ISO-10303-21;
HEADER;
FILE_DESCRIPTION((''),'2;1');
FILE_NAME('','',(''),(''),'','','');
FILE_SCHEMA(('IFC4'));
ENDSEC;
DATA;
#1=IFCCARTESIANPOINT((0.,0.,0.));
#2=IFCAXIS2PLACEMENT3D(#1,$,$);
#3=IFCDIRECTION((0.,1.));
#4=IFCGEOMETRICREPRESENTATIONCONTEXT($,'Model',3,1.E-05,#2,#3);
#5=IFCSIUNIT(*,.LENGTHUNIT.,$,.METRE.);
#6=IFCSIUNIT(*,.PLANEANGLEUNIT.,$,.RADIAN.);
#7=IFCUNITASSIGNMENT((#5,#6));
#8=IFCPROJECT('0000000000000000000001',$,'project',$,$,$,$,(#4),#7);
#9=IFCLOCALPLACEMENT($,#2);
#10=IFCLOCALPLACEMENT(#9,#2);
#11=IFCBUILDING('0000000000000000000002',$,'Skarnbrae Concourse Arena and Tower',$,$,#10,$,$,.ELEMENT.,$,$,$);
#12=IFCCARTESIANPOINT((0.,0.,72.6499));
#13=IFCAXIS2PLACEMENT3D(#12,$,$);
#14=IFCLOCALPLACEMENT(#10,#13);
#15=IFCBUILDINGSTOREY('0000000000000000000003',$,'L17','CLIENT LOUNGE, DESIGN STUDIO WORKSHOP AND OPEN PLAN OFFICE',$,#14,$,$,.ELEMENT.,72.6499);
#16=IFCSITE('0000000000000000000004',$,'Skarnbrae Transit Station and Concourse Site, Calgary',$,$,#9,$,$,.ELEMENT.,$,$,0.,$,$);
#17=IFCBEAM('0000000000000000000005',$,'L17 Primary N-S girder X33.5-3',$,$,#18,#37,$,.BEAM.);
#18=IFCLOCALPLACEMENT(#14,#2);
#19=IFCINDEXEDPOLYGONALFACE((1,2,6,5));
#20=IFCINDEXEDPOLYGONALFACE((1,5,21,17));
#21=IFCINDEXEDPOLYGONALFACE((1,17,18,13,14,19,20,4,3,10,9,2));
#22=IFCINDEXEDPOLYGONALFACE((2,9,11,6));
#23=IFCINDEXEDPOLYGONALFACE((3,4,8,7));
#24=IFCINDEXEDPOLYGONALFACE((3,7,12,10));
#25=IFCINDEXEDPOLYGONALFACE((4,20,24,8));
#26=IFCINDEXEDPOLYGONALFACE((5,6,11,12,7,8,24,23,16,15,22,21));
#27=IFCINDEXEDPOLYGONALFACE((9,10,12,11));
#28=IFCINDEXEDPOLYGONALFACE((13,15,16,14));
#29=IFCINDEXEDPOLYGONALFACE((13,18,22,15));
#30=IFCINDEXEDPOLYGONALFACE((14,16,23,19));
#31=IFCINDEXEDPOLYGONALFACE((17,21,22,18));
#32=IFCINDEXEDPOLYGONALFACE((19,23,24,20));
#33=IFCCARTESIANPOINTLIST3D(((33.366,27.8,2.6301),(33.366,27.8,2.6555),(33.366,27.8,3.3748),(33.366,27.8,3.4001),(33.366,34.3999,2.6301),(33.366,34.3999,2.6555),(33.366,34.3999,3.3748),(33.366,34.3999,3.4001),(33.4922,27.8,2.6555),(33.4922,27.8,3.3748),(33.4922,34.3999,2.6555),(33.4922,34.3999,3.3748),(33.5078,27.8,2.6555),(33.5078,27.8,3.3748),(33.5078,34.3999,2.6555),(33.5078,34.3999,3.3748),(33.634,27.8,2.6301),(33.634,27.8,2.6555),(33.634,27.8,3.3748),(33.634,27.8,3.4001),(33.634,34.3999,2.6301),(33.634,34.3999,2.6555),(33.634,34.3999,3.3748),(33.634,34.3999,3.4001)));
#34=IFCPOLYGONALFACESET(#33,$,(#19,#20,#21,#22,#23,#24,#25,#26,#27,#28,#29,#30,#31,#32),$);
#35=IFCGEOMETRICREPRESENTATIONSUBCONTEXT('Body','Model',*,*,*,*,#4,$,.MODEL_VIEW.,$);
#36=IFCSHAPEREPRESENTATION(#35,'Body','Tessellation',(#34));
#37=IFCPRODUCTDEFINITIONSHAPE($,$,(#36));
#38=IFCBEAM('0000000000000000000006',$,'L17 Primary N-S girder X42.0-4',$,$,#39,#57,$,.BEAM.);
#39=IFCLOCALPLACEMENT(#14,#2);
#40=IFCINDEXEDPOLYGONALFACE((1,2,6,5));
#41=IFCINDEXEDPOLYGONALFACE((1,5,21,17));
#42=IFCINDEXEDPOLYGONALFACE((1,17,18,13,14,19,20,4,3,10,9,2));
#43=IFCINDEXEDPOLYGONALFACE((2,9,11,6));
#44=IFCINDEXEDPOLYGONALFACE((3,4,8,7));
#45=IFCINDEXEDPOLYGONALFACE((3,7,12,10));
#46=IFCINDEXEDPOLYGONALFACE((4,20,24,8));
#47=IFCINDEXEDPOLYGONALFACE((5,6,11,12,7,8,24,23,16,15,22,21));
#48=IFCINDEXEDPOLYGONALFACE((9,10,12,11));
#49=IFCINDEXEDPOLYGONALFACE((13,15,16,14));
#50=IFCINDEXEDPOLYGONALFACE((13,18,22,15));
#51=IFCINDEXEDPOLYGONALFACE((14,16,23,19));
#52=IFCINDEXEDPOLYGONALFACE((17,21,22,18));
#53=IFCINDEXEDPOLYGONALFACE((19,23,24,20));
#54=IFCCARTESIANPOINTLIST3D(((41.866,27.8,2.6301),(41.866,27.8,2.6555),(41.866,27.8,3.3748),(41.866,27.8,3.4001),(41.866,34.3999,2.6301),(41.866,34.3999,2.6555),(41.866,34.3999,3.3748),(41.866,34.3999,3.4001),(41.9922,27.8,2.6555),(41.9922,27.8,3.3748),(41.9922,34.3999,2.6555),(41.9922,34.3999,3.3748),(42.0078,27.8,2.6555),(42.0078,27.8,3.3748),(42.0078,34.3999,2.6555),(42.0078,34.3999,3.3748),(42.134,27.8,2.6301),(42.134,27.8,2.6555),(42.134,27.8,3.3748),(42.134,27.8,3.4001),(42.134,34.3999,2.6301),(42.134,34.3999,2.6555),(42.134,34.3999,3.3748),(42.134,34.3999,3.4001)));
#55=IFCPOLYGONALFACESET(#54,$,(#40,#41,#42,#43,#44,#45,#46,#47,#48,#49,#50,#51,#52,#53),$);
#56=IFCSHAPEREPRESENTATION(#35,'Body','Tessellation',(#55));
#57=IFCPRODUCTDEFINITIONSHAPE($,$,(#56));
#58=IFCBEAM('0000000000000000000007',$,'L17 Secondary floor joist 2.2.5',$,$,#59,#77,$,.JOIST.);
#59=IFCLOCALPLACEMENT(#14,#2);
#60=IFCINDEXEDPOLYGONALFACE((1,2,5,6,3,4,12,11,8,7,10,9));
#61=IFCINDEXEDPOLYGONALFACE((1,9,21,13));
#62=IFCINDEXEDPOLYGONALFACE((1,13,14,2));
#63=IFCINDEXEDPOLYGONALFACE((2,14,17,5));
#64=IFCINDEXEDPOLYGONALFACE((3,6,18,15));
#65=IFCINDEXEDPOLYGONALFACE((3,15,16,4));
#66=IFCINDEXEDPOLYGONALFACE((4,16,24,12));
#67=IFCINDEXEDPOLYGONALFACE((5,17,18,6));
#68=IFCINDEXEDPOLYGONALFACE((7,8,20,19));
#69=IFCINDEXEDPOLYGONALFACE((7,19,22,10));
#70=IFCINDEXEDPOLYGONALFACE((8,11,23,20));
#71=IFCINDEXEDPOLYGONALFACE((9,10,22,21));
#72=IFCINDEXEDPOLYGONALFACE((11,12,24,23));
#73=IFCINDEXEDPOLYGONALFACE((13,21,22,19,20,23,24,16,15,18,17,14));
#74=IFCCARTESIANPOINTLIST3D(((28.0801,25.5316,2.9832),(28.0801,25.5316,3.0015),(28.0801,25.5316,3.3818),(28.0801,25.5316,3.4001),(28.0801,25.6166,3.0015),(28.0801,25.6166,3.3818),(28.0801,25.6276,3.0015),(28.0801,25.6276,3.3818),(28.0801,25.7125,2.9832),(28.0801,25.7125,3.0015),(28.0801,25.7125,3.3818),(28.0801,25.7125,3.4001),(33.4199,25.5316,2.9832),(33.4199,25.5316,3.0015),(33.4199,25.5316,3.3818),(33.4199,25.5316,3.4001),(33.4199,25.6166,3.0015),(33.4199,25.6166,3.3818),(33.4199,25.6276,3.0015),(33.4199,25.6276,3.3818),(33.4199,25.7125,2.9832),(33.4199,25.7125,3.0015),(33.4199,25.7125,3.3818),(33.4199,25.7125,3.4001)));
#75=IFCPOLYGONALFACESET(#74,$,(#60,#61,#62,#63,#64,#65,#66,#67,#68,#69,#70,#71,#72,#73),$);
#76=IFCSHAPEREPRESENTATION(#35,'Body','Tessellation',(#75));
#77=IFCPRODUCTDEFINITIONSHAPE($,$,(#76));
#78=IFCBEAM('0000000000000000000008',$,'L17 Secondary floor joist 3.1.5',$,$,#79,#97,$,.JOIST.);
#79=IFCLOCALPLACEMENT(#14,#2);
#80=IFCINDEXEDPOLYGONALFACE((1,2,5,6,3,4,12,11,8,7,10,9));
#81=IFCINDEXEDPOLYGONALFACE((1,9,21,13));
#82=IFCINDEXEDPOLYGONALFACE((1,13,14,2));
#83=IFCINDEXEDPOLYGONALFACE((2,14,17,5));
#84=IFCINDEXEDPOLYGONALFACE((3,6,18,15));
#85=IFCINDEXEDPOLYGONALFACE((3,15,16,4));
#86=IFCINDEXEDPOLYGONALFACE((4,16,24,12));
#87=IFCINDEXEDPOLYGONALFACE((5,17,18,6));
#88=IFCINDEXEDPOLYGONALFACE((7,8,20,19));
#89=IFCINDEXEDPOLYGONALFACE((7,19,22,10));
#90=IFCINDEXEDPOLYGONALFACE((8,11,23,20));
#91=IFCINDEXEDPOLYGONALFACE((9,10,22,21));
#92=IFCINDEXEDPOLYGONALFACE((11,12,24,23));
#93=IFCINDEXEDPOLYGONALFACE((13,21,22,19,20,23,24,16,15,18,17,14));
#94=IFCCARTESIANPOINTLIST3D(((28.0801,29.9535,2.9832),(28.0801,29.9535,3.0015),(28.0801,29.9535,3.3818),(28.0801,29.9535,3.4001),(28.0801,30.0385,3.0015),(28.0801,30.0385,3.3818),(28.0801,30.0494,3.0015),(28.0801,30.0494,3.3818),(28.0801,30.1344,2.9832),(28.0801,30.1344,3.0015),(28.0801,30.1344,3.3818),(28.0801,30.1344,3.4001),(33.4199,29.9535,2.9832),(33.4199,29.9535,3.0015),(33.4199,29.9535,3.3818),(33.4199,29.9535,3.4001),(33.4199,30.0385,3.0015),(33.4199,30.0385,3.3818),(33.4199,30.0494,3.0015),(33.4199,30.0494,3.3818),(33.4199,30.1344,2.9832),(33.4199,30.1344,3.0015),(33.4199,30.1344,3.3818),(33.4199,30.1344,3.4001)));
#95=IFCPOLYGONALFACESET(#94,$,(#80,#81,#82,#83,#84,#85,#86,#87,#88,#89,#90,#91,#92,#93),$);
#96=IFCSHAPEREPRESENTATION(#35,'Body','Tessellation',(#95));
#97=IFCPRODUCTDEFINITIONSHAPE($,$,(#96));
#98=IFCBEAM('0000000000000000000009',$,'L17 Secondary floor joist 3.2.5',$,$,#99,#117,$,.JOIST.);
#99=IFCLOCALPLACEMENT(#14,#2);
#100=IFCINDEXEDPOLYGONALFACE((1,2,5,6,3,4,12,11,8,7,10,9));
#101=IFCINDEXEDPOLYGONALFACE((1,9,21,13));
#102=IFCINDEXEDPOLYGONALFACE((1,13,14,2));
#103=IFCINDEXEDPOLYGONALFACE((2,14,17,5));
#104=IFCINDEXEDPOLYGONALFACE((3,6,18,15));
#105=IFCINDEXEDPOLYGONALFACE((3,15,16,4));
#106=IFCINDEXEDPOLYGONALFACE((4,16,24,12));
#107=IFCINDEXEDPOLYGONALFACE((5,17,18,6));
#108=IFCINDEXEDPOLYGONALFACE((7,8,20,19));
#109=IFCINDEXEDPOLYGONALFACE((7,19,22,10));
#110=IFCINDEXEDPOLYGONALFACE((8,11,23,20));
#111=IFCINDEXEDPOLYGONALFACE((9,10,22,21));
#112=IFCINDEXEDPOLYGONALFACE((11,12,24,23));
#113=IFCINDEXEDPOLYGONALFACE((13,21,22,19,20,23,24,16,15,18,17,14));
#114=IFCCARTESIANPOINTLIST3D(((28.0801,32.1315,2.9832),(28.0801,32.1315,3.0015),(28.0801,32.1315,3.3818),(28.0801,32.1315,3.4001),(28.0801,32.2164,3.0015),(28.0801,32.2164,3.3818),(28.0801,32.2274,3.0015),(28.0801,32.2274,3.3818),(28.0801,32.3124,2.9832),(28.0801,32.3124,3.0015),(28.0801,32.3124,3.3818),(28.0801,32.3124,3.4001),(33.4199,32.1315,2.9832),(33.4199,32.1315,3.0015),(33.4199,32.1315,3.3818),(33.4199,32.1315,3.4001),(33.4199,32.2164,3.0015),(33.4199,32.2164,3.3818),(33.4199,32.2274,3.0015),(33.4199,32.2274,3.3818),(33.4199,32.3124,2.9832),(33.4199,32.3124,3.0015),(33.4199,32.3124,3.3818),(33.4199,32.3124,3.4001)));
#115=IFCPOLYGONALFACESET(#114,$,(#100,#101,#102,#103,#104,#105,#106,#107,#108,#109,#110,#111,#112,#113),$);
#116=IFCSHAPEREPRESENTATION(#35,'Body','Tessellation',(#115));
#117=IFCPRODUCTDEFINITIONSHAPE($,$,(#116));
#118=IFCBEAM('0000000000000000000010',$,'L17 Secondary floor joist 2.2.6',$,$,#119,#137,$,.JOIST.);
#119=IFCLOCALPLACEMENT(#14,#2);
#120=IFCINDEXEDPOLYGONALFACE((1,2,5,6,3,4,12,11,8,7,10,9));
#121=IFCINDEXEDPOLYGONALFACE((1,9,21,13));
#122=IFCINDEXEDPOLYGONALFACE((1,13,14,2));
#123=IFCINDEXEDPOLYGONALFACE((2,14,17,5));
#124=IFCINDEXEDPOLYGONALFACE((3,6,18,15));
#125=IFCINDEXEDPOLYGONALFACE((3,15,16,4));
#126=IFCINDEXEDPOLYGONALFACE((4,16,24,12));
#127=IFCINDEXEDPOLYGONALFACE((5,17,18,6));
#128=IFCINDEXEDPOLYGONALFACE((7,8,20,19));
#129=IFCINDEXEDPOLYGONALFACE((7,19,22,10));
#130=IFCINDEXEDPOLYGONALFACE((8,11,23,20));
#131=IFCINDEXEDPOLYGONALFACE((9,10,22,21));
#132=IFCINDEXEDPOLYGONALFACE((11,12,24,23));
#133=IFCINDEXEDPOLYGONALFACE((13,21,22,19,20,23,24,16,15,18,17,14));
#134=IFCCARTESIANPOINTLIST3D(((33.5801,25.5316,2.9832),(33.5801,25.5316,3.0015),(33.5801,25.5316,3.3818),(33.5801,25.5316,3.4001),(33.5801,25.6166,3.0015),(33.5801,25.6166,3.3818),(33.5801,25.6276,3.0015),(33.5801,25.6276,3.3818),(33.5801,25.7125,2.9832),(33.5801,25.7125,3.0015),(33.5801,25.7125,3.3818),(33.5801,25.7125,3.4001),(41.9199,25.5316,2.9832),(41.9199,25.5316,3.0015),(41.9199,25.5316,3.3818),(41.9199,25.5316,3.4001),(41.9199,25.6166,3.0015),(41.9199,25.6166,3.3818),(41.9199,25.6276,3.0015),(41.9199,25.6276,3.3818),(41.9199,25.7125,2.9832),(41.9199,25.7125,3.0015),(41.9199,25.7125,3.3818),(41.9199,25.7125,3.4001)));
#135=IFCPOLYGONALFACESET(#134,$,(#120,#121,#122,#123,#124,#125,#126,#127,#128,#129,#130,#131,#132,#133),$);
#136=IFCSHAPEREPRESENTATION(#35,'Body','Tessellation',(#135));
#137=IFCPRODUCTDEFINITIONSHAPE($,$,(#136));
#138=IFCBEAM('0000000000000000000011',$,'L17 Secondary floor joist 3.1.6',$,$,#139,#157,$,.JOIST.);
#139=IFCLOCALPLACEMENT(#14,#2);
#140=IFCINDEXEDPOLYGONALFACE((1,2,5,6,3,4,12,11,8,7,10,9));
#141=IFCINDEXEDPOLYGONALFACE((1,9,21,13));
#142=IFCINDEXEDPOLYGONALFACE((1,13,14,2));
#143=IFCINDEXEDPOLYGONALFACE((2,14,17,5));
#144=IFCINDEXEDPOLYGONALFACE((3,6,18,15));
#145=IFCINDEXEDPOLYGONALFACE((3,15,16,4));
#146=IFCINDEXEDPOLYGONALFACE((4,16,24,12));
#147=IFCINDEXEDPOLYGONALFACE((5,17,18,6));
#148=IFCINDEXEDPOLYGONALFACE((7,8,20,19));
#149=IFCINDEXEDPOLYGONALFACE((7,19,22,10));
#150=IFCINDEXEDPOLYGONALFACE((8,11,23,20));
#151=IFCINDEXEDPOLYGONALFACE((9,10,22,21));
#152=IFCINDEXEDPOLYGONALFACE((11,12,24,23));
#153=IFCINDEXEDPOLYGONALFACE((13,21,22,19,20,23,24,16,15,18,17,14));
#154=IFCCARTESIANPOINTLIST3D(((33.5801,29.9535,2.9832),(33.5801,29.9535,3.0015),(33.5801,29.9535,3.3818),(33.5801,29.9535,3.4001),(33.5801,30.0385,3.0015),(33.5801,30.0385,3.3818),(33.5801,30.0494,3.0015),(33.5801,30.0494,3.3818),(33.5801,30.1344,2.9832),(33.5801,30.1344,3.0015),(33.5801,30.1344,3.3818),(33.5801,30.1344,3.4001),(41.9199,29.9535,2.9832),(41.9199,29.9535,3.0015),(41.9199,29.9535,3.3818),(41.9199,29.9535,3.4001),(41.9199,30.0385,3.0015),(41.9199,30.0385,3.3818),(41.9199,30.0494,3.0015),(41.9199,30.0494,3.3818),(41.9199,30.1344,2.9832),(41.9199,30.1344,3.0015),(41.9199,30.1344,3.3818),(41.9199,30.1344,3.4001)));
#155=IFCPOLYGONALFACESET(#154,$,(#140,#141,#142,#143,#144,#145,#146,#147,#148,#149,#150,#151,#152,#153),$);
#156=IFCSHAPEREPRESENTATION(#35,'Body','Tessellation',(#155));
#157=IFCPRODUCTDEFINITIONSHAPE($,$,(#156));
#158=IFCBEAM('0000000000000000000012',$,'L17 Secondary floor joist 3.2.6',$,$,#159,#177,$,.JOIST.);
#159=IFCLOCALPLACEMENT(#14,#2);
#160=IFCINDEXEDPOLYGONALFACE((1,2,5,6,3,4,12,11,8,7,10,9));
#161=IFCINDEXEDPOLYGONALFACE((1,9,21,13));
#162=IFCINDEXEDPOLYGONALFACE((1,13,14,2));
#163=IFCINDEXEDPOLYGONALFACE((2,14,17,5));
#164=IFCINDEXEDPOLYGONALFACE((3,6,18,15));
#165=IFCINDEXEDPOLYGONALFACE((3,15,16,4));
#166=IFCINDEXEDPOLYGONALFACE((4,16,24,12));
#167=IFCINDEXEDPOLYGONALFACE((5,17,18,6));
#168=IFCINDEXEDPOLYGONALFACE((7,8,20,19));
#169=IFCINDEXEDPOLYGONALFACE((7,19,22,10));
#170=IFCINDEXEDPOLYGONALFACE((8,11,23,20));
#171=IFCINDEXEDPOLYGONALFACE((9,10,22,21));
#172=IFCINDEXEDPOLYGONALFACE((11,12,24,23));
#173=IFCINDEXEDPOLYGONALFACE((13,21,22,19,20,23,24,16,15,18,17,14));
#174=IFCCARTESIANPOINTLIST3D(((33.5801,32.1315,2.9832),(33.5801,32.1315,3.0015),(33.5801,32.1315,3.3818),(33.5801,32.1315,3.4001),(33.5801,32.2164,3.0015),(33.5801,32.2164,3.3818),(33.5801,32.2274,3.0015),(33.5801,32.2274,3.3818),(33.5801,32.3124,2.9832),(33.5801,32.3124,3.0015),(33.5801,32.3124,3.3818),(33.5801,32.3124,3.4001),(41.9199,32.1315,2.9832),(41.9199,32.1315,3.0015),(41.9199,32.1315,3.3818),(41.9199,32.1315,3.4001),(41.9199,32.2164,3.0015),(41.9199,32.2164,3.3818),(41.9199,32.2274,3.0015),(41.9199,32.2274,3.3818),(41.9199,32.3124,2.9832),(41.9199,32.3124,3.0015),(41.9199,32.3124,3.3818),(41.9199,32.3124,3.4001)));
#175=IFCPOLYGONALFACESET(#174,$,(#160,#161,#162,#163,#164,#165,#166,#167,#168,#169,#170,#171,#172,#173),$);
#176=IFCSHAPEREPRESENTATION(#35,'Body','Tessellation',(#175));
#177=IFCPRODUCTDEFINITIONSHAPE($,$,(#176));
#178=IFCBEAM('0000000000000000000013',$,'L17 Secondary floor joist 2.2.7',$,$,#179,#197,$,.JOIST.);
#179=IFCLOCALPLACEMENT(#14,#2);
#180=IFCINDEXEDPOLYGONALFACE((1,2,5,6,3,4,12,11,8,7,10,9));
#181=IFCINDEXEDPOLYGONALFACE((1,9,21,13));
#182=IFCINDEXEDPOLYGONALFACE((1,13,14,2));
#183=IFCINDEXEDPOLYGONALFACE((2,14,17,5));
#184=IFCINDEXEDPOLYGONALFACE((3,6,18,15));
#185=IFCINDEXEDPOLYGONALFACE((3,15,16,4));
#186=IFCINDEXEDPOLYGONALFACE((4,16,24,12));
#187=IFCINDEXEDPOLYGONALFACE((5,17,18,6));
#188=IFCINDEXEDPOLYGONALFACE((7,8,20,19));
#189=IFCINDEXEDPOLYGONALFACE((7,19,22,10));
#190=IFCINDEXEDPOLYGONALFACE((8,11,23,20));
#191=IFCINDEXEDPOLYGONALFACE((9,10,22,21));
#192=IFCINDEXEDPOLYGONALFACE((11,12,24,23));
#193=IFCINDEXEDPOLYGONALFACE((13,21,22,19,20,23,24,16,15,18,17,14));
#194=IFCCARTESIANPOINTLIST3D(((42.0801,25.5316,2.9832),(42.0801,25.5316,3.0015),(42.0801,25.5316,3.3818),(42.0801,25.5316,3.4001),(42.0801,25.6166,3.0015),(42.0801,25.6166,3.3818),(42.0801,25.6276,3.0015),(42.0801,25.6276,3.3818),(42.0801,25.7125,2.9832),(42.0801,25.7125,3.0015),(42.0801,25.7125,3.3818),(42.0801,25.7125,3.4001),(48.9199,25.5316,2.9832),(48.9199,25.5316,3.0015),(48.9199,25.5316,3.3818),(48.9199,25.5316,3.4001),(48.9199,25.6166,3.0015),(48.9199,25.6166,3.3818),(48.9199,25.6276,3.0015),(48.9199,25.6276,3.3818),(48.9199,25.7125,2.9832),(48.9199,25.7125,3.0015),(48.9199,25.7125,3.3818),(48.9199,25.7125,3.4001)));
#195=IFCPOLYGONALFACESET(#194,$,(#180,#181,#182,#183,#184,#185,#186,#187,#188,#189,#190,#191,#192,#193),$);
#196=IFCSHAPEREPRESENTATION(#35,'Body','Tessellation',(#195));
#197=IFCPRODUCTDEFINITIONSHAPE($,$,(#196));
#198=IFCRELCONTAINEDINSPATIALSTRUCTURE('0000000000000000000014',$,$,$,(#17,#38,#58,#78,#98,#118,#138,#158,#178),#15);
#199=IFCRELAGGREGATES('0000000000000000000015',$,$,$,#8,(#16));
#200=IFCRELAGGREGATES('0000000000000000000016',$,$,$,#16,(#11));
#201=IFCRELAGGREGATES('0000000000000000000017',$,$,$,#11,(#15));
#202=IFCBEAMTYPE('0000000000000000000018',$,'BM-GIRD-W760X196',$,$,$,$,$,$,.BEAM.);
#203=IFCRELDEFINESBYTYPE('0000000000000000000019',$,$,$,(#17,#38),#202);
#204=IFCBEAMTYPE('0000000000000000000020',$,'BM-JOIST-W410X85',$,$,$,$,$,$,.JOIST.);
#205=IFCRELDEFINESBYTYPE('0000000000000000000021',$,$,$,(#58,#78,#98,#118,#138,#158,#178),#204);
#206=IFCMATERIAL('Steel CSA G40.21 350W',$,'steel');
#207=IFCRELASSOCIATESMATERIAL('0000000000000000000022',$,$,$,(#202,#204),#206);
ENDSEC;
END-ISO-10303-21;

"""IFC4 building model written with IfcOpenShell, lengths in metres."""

from ifc_helpers import new_model, si_unit, direction, frame, origin, origin_2d, place, context, subcontext, project, spatial, i_section, extrude, source, transform, mapped, material, material_profile, profile_set, type_object, element, save


model = new_model("IFC4")

# Units and contexts
model_context = context("Model", 3, precision=1e-05, world=origin(), true_north=direction((0.0, 1.0)))
body_context = subcontext(model_context, "Body", "Model", "MODEL_VIEW")
ifc_project = project(units=[si_unit("LENGTHUNIT", "METRE"), si_unit("PLANEANGLEUNIT", "RADIAN")], contexts=[model_context])

# Site, building, storey
site_placement = place(None, origin())
site = spatial("IfcSite", under=ifc_project, at=site_placement, Name="Skarnbrae Transit Station and Concourse Site, Calgary", CompositionType="ELEMENT", RefElevation=0.0)
building_placement = place(site_placement, origin())
building = spatial("IfcBuilding", under=site, at=building_placement, Name="Skarnbrae Concourse Arena and Tower", CompositionType="ELEMENT")
storey_placement = place(building_placement, frame((0.0, 0.0, 72.6499)))
storey = spatial("IfcBuildingStorey", under=building, at=storey_placement, Name="L17", Description="CLIENT LOUNGE, DESIGN STUDIO WORKSHOP AND OPEN PLAN OFFICE", CompositionType="ELEMENT", Elevation=72.6499)

# Shared definitions
ifc_material_1 = material(Name="Steel CSA G40.21 350W", Category="steel")

# Beams
ifc_material_profile_1 = material_profile(ifc_material_1, i_section(OverallWidth=0.2681, OverallDepth=0.77, WebThickness=0.0156, FlangeThickness=0.0254, at=origin_2d()), Name="W760X196")
ifc_profile_set_1 = profile_set([ifc_material_profile_1], Name="Steel CSA G40.21 350W")
beam_type_1 = type_object("IfcBeamType", Name="BM-GIRD-W760X196", PredefinedType="BEAM", material=ifc_profile_set_1)
shared_shape_1 = source(origin(), body_context, "Body", "SweptSolid", [
    extrude(i_section(OverallWidth=0.2681, OverallDepth=0.77, WebThickness=0.0156, FlangeThickness=0.0254, at=origin_2d()), origin(), (0.0, 0.0, 1.0), 6.5999),
])
for number, where, z_axis, x_axis, name in (
    (1, (33.5, 27.8, 3.0151), (0.0, 1.0, 0.0), (-1.0, 0.0, 0.0), "L17 Primary N-S girder X33.5-3"),
    (2, (42.0, 27.8, 3.0151), (0.0, 1.0, 0.0), (-1.0, 0.0, 0.0), "L17 Primary N-S girder X42.0-4"),
):
    element("IfcBeam", number, at=place(storey_placement, frame(where, z_axis=z_axis, x_axis=x_axis)), inside=storey, type_object=beam_type_1, Name=name, PredefinedType="BEAM", context=body_context, shape_type="MappedRepresentation", body=[
        mapped(shared_shape_1, transform((0.0, 0.0, 0.0))),
    ])
ifc_material_profile_2 = material_profile(ifc_material_1, i_section(OverallWidth=0.1809, OverallDepth=0.417, WebThickness=0.011, FlangeThickness=0.0183, at=origin_2d()), Name="W410X85")
ifc_profile_set_2 = profile_set([ifc_material_profile_2], Name="Steel CSA G40.21 350W")
beam_type_2 = type_object("IfcBeamType", Name="BM-JOIST-W410X85", PredefinedType="JOIST", material=ifc_profile_set_2)
shared_shape_2 = source(origin(), body_context, "Body", "SweptSolid", [
    extrude(i_section(OverallWidth=0.1809, OverallDepth=0.417, WebThickness=0.011, FlangeThickness=0.0183, at=origin_2d()), origin(), (0.0, 0.0, 1.0), 5.3398),
])
for number, where, z_axis, x_axis, name in (
    (3, (28.0801, 25.6221, 3.1917), (1.0, 0.0, 0.0), (0.0, 1.0, 0.0), "L17 Secondary floor joist 2.2.5"),
    (4, (28.0801, 30.0439, 3.1917), (1.0, 0.0, 0.0), (0.0, 1.0, 0.0), "L17 Secondary floor joist 3.1.5"),
    (5, (28.0801, 32.2219, 3.1917), (1.0, 0.0, 0.0), (0.0, 1.0, 0.0), "L17 Secondary floor joist 3.2.5"),
):
    element("IfcBeam", number, at=place(storey_placement, frame(where, z_axis=z_axis, x_axis=x_axis)), inside=storey, type_object=beam_type_2, Name=name, PredefinedType="JOIST", context=body_context, shape_type="MappedRepresentation", body=[
        mapped(shared_shape_2, transform((0.0, 0.0, 0.0))),
    ])
shared_shape_3 = source(origin(), body_context, "Body", "SweptSolid", [
    extrude(i_section(OverallWidth=0.1809, OverallDepth=0.417, WebThickness=0.011, FlangeThickness=0.0183, at=origin_2d()), origin(), (0.0, 0.0, 1.0), 8.3398),
])
for number, where, z_axis, x_axis, name in (
    (6, (33.5801, 25.6221, 3.1917), (1.0, 0.0, 0.0), (0.0, 1.0, 0.0), "L17 Secondary floor joist 2.2.6"),
    (7, (33.5801, 30.0439, 3.1917), (1.0, 0.0, 0.0), (0.0, 1.0, 0.0), "L17 Secondary floor joist 3.1.6"),
    (8, (33.5801, 32.2219, 3.1917), (1.0, 0.0, 0.0), (0.0, 1.0, 0.0), "L17 Secondary floor joist 3.2.6"),
):
    element("IfcBeam", number, at=place(storey_placement, frame(where, z_axis=z_axis, x_axis=x_axis)), inside=storey, type_object=beam_type_2, Name=name, PredefinedType="JOIST", context=body_context, shape_type="MappedRepresentation", body=[
        mapped(shared_shape_3, transform((0.0, 0.0, 0.0))),
    ])
shared_shape_4 = source(origin(), body_context, "Body", "SweptSolid", [
    extrude(i_section(OverallWidth=0.1809, OverallDepth=0.417, WebThickness=0.011, FlangeThickness=0.0183, at=origin_2d()), origin(), (0.0, 0.0, 1.0), 6.8398),
])
for number, where, z_axis, x_axis, name in (
    (9, (42.0801, 25.6221, 3.1917), (1.0, 0.0, 0.0), (0.0, 1.0, 0.0), "L17 Secondary floor joist 2.2.7"),
):
    element("IfcBeam", number, at=place(storey_placement, frame(where, z_axis=z_axis, x_axis=x_axis)), inside=storey, type_object=beam_type_2, Name=name, PredefinedType="JOIST", context=body_context, shape_type="MappedRepresentation", body=[
        mapped(shared_shape_4, transform((0.0, 0.0, 0.0))),
    ])

save(model, "model.ifc")
